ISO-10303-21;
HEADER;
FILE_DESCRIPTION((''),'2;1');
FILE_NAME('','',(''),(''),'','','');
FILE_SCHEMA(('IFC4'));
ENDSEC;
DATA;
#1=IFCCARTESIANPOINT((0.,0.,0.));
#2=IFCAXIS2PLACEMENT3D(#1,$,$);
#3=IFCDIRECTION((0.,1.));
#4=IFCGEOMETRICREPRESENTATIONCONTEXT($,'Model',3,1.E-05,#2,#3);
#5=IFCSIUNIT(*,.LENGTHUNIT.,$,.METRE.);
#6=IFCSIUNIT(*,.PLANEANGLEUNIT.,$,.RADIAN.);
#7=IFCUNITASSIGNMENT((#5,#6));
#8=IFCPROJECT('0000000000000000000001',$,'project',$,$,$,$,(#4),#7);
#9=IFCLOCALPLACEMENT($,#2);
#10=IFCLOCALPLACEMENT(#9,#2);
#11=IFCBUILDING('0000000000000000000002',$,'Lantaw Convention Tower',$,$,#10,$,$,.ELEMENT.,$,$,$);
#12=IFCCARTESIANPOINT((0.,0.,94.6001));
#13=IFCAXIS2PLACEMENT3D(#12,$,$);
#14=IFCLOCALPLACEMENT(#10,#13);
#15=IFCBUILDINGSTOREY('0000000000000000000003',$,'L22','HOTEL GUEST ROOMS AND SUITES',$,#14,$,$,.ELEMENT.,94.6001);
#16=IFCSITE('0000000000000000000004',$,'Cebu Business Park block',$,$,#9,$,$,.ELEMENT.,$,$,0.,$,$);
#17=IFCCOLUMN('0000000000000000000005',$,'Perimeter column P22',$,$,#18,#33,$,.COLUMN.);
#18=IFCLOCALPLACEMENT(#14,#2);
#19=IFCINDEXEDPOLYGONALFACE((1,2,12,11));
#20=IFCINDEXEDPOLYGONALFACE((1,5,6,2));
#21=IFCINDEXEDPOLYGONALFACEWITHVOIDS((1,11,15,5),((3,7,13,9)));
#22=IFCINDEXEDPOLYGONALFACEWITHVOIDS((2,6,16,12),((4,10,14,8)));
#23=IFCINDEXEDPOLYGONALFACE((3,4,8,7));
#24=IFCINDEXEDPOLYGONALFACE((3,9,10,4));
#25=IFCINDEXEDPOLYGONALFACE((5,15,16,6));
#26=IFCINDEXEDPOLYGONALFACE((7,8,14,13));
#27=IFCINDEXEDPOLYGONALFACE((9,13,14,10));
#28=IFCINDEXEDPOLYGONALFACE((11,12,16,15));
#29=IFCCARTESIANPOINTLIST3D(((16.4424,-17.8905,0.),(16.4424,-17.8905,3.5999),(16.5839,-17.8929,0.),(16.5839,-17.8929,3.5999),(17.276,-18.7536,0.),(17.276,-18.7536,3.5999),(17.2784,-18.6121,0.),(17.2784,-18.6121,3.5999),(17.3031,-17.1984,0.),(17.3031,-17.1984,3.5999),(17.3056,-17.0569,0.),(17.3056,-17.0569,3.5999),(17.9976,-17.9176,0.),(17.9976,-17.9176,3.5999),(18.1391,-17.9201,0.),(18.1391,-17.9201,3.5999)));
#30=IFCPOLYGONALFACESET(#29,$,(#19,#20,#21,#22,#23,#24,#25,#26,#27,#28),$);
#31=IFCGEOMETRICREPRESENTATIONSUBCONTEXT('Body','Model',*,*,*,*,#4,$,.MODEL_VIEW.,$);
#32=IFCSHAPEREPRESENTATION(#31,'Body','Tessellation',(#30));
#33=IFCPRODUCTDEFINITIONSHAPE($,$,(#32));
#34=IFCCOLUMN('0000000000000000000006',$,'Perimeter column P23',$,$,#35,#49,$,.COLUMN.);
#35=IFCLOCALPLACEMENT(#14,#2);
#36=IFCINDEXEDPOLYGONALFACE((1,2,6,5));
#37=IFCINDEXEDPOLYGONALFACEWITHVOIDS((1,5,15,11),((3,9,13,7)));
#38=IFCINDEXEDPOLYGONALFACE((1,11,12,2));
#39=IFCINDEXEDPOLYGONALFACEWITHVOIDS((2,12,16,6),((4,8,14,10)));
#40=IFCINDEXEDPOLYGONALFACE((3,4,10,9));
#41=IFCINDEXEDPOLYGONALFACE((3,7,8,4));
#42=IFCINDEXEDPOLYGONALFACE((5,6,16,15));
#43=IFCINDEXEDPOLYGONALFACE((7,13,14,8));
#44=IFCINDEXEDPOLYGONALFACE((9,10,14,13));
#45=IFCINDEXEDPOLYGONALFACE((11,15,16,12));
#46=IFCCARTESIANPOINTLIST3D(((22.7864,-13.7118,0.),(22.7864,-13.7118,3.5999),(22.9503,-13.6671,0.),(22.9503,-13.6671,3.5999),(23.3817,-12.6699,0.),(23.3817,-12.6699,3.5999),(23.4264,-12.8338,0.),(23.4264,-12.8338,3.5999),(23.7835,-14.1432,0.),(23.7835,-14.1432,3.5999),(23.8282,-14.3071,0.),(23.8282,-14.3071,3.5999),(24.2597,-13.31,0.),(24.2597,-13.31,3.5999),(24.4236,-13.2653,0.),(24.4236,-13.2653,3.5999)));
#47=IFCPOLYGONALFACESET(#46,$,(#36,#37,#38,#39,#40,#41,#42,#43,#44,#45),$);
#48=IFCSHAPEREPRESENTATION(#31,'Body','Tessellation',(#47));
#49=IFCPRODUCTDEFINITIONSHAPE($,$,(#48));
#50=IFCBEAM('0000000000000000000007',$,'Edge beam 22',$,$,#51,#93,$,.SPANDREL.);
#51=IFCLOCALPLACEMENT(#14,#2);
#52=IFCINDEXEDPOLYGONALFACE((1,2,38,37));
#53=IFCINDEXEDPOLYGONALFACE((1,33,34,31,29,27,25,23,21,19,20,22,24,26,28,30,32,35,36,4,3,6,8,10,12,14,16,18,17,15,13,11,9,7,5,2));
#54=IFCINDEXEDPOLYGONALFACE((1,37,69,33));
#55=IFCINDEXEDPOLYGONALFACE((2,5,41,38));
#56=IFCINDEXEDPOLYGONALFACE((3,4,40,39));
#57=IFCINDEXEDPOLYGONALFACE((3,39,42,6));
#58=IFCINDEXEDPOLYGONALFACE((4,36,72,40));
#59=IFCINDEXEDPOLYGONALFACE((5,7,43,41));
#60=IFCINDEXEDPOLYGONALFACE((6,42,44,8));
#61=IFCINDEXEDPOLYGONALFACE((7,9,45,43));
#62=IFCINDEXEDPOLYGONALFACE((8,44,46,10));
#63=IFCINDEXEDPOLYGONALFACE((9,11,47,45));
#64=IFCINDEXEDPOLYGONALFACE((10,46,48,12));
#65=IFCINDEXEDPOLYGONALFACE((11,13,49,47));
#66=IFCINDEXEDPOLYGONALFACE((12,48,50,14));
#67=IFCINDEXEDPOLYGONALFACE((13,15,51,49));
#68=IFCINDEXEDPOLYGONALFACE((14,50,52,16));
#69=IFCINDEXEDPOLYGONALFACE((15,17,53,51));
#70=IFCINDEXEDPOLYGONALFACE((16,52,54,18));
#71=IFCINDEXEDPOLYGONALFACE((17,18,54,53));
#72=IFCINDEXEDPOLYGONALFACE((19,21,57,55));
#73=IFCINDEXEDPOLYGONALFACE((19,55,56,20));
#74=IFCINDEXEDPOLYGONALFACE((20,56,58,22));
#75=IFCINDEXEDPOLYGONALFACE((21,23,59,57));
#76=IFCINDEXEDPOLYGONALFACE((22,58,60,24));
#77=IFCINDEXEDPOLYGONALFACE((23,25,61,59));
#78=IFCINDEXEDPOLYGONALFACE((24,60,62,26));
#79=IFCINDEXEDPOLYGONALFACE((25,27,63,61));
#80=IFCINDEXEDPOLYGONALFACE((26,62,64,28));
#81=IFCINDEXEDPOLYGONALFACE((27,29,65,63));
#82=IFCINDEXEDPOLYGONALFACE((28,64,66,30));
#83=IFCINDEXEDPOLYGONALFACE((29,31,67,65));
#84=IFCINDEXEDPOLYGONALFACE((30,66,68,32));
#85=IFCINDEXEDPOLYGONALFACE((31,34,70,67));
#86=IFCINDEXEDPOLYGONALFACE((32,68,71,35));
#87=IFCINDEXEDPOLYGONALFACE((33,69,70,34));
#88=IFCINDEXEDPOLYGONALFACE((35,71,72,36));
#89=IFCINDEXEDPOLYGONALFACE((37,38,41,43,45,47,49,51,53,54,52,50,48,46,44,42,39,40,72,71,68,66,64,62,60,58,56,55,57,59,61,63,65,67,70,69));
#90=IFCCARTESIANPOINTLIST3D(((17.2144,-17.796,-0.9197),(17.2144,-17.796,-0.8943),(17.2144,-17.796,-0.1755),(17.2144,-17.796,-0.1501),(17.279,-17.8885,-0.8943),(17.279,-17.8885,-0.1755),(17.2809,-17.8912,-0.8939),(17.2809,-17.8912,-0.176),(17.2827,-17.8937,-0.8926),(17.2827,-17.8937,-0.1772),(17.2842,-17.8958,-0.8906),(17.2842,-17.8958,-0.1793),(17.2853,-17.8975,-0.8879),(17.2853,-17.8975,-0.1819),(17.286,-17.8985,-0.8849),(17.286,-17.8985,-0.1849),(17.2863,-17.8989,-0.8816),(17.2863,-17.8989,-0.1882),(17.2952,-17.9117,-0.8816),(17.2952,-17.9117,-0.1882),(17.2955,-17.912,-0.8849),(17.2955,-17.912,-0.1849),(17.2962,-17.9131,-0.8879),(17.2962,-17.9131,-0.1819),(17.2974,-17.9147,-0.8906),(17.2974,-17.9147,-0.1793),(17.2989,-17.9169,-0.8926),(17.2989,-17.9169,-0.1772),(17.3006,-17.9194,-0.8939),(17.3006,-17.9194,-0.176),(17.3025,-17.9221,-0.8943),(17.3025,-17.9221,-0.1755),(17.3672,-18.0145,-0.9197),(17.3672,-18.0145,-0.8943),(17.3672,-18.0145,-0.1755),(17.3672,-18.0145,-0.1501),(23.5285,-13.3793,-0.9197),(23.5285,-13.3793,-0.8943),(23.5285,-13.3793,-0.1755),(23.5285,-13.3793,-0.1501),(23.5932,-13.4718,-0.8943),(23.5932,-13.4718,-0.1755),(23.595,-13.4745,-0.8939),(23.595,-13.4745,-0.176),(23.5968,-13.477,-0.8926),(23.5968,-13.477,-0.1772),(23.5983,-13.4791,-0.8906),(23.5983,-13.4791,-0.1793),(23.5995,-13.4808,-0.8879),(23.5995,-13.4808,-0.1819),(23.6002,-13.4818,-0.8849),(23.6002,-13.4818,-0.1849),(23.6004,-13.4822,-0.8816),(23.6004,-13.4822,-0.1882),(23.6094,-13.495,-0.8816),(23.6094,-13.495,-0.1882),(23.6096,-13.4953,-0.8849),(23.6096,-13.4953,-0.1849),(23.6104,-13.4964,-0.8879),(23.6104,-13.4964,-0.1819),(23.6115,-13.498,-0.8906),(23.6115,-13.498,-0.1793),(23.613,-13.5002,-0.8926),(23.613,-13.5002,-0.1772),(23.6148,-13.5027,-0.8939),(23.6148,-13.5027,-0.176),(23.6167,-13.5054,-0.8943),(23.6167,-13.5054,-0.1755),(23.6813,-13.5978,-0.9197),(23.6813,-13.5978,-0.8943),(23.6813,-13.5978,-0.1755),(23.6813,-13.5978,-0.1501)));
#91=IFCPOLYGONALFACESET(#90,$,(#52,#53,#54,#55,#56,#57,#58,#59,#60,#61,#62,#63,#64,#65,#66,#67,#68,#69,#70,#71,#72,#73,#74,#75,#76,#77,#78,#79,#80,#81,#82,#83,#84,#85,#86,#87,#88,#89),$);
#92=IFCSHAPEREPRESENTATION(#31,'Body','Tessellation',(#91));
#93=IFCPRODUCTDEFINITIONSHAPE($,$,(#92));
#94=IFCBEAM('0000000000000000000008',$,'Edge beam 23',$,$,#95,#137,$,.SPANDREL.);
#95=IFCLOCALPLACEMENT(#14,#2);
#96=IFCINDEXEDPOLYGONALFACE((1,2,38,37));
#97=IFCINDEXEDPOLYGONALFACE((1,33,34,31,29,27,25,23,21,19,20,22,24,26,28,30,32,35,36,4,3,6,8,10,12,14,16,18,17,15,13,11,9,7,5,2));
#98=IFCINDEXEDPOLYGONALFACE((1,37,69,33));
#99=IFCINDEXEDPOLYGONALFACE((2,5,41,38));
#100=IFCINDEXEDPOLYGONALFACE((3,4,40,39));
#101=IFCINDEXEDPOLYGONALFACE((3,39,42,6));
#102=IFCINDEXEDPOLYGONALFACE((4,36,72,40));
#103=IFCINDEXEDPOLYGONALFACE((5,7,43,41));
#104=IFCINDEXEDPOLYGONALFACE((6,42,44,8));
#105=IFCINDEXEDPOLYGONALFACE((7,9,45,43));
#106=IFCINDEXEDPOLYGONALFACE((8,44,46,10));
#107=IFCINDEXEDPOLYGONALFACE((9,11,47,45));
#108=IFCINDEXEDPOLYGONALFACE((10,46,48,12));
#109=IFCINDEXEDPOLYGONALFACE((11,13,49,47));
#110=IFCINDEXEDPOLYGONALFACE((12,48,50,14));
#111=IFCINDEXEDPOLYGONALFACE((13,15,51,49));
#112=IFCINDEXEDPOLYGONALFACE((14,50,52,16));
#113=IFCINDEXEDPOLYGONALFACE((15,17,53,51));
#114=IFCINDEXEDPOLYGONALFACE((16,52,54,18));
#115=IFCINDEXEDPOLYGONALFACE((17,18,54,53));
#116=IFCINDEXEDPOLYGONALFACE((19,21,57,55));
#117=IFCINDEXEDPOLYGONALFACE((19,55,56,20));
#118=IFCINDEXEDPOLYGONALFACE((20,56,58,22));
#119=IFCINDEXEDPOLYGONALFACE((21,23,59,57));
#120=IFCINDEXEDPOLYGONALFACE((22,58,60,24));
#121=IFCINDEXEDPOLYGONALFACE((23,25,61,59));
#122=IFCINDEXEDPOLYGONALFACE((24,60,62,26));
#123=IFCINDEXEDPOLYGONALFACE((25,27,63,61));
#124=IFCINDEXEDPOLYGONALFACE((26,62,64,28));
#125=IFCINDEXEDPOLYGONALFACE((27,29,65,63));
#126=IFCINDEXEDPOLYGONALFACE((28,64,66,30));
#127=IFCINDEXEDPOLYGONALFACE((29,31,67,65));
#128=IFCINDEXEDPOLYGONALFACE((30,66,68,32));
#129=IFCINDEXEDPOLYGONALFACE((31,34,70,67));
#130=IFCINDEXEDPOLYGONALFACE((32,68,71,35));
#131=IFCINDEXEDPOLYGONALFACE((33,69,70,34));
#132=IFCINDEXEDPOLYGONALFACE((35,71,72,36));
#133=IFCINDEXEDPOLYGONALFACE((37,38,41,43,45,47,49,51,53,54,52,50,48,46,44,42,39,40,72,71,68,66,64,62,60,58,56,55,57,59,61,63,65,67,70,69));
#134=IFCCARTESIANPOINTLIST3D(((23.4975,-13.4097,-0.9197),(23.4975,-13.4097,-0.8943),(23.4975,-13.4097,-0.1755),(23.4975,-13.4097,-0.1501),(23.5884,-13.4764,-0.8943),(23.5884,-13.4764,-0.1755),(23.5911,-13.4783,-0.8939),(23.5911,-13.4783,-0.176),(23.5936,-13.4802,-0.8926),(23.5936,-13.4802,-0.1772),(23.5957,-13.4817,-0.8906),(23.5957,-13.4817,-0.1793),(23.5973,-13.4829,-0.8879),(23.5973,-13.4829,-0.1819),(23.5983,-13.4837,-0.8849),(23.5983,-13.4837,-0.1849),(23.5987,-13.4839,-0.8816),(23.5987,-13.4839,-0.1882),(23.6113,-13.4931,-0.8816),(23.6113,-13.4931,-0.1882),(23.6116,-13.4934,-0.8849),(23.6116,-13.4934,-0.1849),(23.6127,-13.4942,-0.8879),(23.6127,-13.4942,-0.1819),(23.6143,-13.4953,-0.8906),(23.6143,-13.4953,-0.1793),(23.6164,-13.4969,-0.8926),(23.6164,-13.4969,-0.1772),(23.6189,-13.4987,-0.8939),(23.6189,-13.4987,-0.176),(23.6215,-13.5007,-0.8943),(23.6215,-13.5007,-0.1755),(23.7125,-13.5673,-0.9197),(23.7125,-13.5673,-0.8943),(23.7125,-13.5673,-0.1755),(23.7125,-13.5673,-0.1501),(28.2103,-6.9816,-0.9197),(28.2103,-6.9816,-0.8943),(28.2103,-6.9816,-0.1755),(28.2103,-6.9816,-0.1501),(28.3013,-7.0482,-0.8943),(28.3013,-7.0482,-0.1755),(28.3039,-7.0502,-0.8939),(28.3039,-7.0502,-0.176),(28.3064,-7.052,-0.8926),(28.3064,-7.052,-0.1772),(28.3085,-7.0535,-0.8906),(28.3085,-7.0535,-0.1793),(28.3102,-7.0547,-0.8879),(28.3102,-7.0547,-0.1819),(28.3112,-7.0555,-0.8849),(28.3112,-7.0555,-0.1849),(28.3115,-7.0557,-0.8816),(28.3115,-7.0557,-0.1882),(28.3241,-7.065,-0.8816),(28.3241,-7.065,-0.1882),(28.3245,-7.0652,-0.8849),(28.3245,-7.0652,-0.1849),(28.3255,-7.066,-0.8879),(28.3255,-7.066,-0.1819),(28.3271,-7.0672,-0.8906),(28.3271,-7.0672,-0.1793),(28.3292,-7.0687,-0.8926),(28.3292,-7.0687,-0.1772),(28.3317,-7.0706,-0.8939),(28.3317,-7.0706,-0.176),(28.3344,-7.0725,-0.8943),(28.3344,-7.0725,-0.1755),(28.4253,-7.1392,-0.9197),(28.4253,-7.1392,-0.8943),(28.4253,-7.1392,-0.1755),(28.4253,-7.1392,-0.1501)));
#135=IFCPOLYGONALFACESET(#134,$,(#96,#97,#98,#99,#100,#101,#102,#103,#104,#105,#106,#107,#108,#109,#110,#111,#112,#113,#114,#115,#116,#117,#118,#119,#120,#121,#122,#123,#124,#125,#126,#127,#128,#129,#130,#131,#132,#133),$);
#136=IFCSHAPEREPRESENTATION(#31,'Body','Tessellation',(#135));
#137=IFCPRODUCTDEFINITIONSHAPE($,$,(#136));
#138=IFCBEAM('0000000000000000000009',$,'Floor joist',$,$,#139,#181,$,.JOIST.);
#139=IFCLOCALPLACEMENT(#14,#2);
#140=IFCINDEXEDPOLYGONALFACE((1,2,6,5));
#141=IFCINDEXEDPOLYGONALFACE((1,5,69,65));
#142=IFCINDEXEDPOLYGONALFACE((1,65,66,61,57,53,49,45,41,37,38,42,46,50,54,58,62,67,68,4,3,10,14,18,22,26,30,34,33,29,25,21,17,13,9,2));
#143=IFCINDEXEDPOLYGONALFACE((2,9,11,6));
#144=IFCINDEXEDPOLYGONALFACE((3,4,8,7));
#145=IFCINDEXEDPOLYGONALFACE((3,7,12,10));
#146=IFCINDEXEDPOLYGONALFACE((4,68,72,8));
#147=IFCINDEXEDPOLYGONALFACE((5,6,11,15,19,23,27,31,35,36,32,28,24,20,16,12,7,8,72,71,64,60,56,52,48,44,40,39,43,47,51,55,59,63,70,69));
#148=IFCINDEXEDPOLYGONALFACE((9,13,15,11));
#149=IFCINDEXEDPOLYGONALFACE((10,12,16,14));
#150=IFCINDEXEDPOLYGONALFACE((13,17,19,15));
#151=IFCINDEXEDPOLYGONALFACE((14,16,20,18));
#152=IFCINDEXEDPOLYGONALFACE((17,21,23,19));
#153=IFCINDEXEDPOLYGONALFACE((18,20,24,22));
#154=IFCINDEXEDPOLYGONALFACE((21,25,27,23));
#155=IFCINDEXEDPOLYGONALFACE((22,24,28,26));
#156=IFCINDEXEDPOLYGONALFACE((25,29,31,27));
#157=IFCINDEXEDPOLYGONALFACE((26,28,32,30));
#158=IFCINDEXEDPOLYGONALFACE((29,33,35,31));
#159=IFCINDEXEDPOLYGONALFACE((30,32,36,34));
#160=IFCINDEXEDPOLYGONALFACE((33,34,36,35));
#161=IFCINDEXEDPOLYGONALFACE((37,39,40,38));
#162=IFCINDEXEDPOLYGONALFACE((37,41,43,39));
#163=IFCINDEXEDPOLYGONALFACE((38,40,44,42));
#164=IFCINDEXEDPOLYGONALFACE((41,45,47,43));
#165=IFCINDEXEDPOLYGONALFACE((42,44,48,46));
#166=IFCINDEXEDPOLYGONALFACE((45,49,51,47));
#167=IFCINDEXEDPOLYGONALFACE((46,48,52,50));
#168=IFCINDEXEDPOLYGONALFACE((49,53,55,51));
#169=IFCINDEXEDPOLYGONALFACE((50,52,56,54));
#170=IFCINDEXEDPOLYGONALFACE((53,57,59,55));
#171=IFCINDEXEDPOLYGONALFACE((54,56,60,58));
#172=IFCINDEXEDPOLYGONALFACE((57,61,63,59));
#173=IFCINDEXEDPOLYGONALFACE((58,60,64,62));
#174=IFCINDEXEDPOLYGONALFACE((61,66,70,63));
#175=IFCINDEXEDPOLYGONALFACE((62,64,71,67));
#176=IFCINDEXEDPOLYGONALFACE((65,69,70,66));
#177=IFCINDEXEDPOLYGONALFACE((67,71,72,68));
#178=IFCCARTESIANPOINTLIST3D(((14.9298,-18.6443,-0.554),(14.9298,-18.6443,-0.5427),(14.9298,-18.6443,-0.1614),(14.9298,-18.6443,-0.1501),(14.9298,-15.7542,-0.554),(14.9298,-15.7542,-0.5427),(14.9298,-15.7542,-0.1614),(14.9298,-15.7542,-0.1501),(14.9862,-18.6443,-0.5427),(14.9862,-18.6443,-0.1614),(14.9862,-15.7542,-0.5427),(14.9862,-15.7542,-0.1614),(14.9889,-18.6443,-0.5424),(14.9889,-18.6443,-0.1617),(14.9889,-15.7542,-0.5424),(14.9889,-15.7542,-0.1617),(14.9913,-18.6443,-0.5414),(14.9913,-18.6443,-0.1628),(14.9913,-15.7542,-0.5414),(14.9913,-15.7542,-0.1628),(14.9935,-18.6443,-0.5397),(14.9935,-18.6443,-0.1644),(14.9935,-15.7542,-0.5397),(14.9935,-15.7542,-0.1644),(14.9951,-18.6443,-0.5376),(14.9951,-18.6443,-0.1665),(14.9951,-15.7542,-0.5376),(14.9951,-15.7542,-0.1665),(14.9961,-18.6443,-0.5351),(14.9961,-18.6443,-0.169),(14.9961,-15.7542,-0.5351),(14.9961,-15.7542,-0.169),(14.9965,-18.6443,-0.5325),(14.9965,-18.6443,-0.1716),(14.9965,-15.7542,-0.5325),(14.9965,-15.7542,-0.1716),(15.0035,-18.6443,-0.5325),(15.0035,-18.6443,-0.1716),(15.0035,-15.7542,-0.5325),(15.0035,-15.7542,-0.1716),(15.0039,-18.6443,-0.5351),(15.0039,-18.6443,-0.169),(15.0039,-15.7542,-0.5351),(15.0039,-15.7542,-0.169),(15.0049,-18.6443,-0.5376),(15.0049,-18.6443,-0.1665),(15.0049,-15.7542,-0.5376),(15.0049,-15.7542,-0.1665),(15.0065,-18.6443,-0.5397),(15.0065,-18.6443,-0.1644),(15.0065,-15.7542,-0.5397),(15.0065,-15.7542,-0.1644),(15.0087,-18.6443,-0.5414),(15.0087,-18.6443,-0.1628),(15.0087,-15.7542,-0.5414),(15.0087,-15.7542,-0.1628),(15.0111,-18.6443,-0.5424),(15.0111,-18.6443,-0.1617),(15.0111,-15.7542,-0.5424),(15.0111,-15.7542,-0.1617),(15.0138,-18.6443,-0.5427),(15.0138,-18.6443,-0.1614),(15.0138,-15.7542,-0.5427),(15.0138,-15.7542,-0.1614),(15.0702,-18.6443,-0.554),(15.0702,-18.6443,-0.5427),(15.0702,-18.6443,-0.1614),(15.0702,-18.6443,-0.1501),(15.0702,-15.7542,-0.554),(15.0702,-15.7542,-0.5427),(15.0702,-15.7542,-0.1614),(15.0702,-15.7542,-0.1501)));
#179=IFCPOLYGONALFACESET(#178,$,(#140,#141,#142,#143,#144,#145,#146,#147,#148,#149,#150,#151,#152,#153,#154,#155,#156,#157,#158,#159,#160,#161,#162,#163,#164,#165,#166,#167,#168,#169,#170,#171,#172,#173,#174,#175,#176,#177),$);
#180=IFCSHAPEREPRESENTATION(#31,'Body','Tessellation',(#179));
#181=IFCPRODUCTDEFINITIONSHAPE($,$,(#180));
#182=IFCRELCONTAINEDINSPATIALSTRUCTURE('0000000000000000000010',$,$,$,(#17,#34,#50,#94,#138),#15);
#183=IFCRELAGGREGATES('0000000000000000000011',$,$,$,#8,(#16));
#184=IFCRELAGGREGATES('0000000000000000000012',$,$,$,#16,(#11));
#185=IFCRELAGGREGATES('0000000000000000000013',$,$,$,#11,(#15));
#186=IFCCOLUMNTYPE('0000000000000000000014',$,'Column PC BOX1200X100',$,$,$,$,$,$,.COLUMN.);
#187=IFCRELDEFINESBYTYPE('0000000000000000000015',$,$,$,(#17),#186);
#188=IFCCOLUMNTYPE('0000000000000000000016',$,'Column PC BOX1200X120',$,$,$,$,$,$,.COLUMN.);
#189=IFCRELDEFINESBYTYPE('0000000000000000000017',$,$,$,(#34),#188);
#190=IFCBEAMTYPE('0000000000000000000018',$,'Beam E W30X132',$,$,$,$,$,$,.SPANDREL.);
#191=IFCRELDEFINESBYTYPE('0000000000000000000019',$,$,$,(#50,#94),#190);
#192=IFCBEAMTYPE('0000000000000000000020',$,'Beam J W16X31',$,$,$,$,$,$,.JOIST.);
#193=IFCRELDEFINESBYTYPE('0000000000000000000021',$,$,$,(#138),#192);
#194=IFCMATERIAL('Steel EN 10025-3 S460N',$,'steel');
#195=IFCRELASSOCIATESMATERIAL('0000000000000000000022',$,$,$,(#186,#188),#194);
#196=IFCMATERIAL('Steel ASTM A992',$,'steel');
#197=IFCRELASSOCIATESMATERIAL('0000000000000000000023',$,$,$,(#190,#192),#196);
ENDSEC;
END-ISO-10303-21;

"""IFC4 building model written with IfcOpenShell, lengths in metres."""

from ifc_helpers import new_model, si_unit, direction, frame, origin, origin_2d, place, context, subcontext, project, spatial, rectangle, hollow_rectangle, i_section, extrude, material, material_profile, profile_set, type_object, element, save


model = new_model("IFC4")

# Units and contexts
model_context = context("Model", 3, precision=1e-05, world=origin(), true_north=direction((0.0, 1.0)))
body_context = subcontext(model_context, "Body", "Model", "MODEL_VIEW")
ifc_project = project(units=[si_unit("LENGTHUNIT", "METRE"), si_unit("PLANEANGLEUNIT", "RADIAN")], contexts=[model_context])

# Site, building, storey
site_placement = place(None, origin())
site = spatial("IfcSite", under=ifc_project, at=site_placement, Name="Cebu Business Park block", CompositionType="ELEMENT", RefElevation=0.0)
building_placement = place(site_placement, origin())
building = spatial("IfcBuilding", under=site, at=building_placement, Name="Lantaw Convention Tower", CompositionType="ELEMENT")
storey_placement = place(building_placement, frame((0.0, 0.0, 94.6001)))
storey = spatial("IfcBuildingStorey", under=building, at=storey_placement, Name="L22", Description="HOTEL GUEST ROOMS AND SUITES", CompositionType="ELEMENT", Elevation=94.6001)

# Columns
ifc_material_1 = material(Name="Steel EN 10025-3 S460N", Category="steel")
ifc_material_profile_1 = material_profile(ifc_material_1, hollow_rectangle(XDim=1.2, YDim=1.2, WallThickness=0.1001, at=origin_2d()), Name="BOX1200X100")
ifc_material_2 = material(Name="Concrete C60/75", Category="concrete")
ifc_material_profile_2 = material_profile(ifc_material_2, rectangle(XDim=1.0, YDim=1.0, at=origin_2d()), Name="Concrete fill of BOX1200X100")
ifc_profile_set_1 = profile_set([ifc_material_profile_1, ifc_material_profile_2], Name="Steel EN 10025-3 S460N")
column_type_1 = type_object("IfcColumnType", Name="Column PC BOX1200X100", PredefinedType="COLUMN", material=ifc_profile_set_1)
column_1_placement = place(storey_placement, frame((17.2908, -17.9053, 0.0), z_axis=(0.0, 0.0, 1.0), x_axis=(0.71934, 0.694658, 0.0)))
element("IfcColumn", 1, at=column_1_placement, inside=storey, type_object=column_type_1, Name="Perimeter column P22", PredefinedType="COLUMN", context=body_context, shape_type="SweptSolid", body=[
    extrude(hollow_rectangle(XDim=1.2, YDim=1.2, WallThickness=0.1001, at=origin_2d()), origin(), (0.0, 0.0, 1.0), 3.5999),
])
ifc_material_profile_3 = material_profile(ifc_material_1, hollow_rectangle(XDim=1.2, YDim=1.2, WallThickness=0.1201, at=origin_2d()), Name="BOX1200X120")
ifc_material_profile_4 = material_profile(ifc_material_2, rectangle(XDim=0.96, YDim=0.96, at=origin_2d()), Name="Concrete fill of BOX1200X120")
ifc_profile_set_2 = profile_set([ifc_material_profile_3, ifc_material_profile_4], Name="Steel EN 10025-3 S460N")
column_type_2 = type_object("IfcColumnType", Name="Column PC BOX1200X120", PredefinedType="COLUMN", material=ifc_profile_set_2)
column_2_placement = place(storey_placement, frame((23.605, -13.4885, 0.0), z_axis=(0.0, 0.0, 1.0), x_axis=(0.496139, 0.868243, 0.0)))
element("IfcColumn", 2, at=column_2_placement, inside=storey, type_object=column_type_2, Name="Perimeter column P23", PredefinedType="COLUMN", context=body_context, shape_type="SweptSolid", body=[
    extrude(hollow_rectangle(XDim=1.2, YDim=1.2, WallThickness=0.1201, at=origin_2d()), origin(), (0.0, 0.0, 1.0), 3.5999),
])

# Beams
ifc_material_3 = material(Name="Steel ASTM A992", Category="steel")
ifc_material_profile_5 = material_profile(ifc_material_3, i_section(OverallWidth=0.2666, OverallDepth=0.7695, WebThickness=0.0156, FlangeThickness=0.0254, FilletRadius=0.0127, at=origin_2d()), Name="W30X132")
ifc_profile_set_3 = profile_set([ifc_material_profile_5], Name="Steel ASTM A992")
beam_type_1 = type_object("IfcBeamType", Name="Beam E W30X132", PredefinedType="SPANDREL", material=ifc_profile_set_3)
beam_1_placement = place(storey_placement, frame((17.2908, -17.9053, -0.5349), z_axis=(0.819427, 0.573184, 0.0), x_axis=(-0.573184, 0.819427, 0.0)))
element("IfcBeam", 3, at=beam_1_placement, inside=storey, type_object=beam_type_1, Name="Edge beam 22", PredefinedType="SPANDREL", context=body_context, shape_type="SweptSolid", body=[
    extrude(i_section(OverallWidth=0.2666, OverallDepth=0.7695, WebThickness=0.0156, FlangeThickness=0.0254, FilletRadius=0.0127, at=origin_2d()), origin(), (0.0, 0.0, 1.0), 7.7056),
])
beam_2_placement = place(storey_placement, frame((23.605, -13.4885, -0.5349), z_axis=(0.591271, 0.806473, 0.0), x_axis=(-0.806473, 0.591271, 0.0)))
element("IfcBeam", 4, at=beam_2_placement, inside=storey, type_object=beam_type_1, Name="Edge beam 23", PredefinedType="SPANDREL", context=body_context, shape_type="SweptSolid", body=[
    extrude(i_section(OverallWidth=0.2666, OverallDepth=0.7695, WebThickness=0.0156, FlangeThickness=0.0254, FilletRadius=0.0127, at=origin_2d()), origin(), (0.0, 0.0, 1.0), 7.9707),
])
ifc_material_profile_6 = material_profile(ifc_material_3, i_section(OverallWidth=0.1404, OverallDepth=0.4038, WebThickness=0.0071, FlangeThickness=0.0112, FilletRadius=0.0103, at=origin_2d()), Name="W16X31")
ifc_profile_set_4 = profile_set([ifc_material_profile_6], Name="Steel ASTM A992")
beam_type_2 = type_object("IfcBeamType", Name="Beam J W16X31", PredefinedType="JOIST", material=ifc_profile_set_4)
beam_3_placement = place(storey_placement, frame((15.0, -18.6443, -0.3521), z_axis=(0.0, 1.0, 0.0), x_axis=(-1.0, 0.0, 0.0)))
element("IfcBeam", 5, at=beam_3_placement, inside=storey, type_object=beam_type_2, Name="Floor joist", PredefinedType="JOIST", context=body_context, shape_type="SweptSolid", body=[
    extrude(i_section(OverallWidth=0.1404, OverallDepth=0.4038, WebThickness=0.0071, FlangeThickness=0.0112, FilletRadius=0.0103, at=origin_2d()), origin(), (0.0, 0.0, 1.0), 2.8901),
])

save(model, "model.ifc")
